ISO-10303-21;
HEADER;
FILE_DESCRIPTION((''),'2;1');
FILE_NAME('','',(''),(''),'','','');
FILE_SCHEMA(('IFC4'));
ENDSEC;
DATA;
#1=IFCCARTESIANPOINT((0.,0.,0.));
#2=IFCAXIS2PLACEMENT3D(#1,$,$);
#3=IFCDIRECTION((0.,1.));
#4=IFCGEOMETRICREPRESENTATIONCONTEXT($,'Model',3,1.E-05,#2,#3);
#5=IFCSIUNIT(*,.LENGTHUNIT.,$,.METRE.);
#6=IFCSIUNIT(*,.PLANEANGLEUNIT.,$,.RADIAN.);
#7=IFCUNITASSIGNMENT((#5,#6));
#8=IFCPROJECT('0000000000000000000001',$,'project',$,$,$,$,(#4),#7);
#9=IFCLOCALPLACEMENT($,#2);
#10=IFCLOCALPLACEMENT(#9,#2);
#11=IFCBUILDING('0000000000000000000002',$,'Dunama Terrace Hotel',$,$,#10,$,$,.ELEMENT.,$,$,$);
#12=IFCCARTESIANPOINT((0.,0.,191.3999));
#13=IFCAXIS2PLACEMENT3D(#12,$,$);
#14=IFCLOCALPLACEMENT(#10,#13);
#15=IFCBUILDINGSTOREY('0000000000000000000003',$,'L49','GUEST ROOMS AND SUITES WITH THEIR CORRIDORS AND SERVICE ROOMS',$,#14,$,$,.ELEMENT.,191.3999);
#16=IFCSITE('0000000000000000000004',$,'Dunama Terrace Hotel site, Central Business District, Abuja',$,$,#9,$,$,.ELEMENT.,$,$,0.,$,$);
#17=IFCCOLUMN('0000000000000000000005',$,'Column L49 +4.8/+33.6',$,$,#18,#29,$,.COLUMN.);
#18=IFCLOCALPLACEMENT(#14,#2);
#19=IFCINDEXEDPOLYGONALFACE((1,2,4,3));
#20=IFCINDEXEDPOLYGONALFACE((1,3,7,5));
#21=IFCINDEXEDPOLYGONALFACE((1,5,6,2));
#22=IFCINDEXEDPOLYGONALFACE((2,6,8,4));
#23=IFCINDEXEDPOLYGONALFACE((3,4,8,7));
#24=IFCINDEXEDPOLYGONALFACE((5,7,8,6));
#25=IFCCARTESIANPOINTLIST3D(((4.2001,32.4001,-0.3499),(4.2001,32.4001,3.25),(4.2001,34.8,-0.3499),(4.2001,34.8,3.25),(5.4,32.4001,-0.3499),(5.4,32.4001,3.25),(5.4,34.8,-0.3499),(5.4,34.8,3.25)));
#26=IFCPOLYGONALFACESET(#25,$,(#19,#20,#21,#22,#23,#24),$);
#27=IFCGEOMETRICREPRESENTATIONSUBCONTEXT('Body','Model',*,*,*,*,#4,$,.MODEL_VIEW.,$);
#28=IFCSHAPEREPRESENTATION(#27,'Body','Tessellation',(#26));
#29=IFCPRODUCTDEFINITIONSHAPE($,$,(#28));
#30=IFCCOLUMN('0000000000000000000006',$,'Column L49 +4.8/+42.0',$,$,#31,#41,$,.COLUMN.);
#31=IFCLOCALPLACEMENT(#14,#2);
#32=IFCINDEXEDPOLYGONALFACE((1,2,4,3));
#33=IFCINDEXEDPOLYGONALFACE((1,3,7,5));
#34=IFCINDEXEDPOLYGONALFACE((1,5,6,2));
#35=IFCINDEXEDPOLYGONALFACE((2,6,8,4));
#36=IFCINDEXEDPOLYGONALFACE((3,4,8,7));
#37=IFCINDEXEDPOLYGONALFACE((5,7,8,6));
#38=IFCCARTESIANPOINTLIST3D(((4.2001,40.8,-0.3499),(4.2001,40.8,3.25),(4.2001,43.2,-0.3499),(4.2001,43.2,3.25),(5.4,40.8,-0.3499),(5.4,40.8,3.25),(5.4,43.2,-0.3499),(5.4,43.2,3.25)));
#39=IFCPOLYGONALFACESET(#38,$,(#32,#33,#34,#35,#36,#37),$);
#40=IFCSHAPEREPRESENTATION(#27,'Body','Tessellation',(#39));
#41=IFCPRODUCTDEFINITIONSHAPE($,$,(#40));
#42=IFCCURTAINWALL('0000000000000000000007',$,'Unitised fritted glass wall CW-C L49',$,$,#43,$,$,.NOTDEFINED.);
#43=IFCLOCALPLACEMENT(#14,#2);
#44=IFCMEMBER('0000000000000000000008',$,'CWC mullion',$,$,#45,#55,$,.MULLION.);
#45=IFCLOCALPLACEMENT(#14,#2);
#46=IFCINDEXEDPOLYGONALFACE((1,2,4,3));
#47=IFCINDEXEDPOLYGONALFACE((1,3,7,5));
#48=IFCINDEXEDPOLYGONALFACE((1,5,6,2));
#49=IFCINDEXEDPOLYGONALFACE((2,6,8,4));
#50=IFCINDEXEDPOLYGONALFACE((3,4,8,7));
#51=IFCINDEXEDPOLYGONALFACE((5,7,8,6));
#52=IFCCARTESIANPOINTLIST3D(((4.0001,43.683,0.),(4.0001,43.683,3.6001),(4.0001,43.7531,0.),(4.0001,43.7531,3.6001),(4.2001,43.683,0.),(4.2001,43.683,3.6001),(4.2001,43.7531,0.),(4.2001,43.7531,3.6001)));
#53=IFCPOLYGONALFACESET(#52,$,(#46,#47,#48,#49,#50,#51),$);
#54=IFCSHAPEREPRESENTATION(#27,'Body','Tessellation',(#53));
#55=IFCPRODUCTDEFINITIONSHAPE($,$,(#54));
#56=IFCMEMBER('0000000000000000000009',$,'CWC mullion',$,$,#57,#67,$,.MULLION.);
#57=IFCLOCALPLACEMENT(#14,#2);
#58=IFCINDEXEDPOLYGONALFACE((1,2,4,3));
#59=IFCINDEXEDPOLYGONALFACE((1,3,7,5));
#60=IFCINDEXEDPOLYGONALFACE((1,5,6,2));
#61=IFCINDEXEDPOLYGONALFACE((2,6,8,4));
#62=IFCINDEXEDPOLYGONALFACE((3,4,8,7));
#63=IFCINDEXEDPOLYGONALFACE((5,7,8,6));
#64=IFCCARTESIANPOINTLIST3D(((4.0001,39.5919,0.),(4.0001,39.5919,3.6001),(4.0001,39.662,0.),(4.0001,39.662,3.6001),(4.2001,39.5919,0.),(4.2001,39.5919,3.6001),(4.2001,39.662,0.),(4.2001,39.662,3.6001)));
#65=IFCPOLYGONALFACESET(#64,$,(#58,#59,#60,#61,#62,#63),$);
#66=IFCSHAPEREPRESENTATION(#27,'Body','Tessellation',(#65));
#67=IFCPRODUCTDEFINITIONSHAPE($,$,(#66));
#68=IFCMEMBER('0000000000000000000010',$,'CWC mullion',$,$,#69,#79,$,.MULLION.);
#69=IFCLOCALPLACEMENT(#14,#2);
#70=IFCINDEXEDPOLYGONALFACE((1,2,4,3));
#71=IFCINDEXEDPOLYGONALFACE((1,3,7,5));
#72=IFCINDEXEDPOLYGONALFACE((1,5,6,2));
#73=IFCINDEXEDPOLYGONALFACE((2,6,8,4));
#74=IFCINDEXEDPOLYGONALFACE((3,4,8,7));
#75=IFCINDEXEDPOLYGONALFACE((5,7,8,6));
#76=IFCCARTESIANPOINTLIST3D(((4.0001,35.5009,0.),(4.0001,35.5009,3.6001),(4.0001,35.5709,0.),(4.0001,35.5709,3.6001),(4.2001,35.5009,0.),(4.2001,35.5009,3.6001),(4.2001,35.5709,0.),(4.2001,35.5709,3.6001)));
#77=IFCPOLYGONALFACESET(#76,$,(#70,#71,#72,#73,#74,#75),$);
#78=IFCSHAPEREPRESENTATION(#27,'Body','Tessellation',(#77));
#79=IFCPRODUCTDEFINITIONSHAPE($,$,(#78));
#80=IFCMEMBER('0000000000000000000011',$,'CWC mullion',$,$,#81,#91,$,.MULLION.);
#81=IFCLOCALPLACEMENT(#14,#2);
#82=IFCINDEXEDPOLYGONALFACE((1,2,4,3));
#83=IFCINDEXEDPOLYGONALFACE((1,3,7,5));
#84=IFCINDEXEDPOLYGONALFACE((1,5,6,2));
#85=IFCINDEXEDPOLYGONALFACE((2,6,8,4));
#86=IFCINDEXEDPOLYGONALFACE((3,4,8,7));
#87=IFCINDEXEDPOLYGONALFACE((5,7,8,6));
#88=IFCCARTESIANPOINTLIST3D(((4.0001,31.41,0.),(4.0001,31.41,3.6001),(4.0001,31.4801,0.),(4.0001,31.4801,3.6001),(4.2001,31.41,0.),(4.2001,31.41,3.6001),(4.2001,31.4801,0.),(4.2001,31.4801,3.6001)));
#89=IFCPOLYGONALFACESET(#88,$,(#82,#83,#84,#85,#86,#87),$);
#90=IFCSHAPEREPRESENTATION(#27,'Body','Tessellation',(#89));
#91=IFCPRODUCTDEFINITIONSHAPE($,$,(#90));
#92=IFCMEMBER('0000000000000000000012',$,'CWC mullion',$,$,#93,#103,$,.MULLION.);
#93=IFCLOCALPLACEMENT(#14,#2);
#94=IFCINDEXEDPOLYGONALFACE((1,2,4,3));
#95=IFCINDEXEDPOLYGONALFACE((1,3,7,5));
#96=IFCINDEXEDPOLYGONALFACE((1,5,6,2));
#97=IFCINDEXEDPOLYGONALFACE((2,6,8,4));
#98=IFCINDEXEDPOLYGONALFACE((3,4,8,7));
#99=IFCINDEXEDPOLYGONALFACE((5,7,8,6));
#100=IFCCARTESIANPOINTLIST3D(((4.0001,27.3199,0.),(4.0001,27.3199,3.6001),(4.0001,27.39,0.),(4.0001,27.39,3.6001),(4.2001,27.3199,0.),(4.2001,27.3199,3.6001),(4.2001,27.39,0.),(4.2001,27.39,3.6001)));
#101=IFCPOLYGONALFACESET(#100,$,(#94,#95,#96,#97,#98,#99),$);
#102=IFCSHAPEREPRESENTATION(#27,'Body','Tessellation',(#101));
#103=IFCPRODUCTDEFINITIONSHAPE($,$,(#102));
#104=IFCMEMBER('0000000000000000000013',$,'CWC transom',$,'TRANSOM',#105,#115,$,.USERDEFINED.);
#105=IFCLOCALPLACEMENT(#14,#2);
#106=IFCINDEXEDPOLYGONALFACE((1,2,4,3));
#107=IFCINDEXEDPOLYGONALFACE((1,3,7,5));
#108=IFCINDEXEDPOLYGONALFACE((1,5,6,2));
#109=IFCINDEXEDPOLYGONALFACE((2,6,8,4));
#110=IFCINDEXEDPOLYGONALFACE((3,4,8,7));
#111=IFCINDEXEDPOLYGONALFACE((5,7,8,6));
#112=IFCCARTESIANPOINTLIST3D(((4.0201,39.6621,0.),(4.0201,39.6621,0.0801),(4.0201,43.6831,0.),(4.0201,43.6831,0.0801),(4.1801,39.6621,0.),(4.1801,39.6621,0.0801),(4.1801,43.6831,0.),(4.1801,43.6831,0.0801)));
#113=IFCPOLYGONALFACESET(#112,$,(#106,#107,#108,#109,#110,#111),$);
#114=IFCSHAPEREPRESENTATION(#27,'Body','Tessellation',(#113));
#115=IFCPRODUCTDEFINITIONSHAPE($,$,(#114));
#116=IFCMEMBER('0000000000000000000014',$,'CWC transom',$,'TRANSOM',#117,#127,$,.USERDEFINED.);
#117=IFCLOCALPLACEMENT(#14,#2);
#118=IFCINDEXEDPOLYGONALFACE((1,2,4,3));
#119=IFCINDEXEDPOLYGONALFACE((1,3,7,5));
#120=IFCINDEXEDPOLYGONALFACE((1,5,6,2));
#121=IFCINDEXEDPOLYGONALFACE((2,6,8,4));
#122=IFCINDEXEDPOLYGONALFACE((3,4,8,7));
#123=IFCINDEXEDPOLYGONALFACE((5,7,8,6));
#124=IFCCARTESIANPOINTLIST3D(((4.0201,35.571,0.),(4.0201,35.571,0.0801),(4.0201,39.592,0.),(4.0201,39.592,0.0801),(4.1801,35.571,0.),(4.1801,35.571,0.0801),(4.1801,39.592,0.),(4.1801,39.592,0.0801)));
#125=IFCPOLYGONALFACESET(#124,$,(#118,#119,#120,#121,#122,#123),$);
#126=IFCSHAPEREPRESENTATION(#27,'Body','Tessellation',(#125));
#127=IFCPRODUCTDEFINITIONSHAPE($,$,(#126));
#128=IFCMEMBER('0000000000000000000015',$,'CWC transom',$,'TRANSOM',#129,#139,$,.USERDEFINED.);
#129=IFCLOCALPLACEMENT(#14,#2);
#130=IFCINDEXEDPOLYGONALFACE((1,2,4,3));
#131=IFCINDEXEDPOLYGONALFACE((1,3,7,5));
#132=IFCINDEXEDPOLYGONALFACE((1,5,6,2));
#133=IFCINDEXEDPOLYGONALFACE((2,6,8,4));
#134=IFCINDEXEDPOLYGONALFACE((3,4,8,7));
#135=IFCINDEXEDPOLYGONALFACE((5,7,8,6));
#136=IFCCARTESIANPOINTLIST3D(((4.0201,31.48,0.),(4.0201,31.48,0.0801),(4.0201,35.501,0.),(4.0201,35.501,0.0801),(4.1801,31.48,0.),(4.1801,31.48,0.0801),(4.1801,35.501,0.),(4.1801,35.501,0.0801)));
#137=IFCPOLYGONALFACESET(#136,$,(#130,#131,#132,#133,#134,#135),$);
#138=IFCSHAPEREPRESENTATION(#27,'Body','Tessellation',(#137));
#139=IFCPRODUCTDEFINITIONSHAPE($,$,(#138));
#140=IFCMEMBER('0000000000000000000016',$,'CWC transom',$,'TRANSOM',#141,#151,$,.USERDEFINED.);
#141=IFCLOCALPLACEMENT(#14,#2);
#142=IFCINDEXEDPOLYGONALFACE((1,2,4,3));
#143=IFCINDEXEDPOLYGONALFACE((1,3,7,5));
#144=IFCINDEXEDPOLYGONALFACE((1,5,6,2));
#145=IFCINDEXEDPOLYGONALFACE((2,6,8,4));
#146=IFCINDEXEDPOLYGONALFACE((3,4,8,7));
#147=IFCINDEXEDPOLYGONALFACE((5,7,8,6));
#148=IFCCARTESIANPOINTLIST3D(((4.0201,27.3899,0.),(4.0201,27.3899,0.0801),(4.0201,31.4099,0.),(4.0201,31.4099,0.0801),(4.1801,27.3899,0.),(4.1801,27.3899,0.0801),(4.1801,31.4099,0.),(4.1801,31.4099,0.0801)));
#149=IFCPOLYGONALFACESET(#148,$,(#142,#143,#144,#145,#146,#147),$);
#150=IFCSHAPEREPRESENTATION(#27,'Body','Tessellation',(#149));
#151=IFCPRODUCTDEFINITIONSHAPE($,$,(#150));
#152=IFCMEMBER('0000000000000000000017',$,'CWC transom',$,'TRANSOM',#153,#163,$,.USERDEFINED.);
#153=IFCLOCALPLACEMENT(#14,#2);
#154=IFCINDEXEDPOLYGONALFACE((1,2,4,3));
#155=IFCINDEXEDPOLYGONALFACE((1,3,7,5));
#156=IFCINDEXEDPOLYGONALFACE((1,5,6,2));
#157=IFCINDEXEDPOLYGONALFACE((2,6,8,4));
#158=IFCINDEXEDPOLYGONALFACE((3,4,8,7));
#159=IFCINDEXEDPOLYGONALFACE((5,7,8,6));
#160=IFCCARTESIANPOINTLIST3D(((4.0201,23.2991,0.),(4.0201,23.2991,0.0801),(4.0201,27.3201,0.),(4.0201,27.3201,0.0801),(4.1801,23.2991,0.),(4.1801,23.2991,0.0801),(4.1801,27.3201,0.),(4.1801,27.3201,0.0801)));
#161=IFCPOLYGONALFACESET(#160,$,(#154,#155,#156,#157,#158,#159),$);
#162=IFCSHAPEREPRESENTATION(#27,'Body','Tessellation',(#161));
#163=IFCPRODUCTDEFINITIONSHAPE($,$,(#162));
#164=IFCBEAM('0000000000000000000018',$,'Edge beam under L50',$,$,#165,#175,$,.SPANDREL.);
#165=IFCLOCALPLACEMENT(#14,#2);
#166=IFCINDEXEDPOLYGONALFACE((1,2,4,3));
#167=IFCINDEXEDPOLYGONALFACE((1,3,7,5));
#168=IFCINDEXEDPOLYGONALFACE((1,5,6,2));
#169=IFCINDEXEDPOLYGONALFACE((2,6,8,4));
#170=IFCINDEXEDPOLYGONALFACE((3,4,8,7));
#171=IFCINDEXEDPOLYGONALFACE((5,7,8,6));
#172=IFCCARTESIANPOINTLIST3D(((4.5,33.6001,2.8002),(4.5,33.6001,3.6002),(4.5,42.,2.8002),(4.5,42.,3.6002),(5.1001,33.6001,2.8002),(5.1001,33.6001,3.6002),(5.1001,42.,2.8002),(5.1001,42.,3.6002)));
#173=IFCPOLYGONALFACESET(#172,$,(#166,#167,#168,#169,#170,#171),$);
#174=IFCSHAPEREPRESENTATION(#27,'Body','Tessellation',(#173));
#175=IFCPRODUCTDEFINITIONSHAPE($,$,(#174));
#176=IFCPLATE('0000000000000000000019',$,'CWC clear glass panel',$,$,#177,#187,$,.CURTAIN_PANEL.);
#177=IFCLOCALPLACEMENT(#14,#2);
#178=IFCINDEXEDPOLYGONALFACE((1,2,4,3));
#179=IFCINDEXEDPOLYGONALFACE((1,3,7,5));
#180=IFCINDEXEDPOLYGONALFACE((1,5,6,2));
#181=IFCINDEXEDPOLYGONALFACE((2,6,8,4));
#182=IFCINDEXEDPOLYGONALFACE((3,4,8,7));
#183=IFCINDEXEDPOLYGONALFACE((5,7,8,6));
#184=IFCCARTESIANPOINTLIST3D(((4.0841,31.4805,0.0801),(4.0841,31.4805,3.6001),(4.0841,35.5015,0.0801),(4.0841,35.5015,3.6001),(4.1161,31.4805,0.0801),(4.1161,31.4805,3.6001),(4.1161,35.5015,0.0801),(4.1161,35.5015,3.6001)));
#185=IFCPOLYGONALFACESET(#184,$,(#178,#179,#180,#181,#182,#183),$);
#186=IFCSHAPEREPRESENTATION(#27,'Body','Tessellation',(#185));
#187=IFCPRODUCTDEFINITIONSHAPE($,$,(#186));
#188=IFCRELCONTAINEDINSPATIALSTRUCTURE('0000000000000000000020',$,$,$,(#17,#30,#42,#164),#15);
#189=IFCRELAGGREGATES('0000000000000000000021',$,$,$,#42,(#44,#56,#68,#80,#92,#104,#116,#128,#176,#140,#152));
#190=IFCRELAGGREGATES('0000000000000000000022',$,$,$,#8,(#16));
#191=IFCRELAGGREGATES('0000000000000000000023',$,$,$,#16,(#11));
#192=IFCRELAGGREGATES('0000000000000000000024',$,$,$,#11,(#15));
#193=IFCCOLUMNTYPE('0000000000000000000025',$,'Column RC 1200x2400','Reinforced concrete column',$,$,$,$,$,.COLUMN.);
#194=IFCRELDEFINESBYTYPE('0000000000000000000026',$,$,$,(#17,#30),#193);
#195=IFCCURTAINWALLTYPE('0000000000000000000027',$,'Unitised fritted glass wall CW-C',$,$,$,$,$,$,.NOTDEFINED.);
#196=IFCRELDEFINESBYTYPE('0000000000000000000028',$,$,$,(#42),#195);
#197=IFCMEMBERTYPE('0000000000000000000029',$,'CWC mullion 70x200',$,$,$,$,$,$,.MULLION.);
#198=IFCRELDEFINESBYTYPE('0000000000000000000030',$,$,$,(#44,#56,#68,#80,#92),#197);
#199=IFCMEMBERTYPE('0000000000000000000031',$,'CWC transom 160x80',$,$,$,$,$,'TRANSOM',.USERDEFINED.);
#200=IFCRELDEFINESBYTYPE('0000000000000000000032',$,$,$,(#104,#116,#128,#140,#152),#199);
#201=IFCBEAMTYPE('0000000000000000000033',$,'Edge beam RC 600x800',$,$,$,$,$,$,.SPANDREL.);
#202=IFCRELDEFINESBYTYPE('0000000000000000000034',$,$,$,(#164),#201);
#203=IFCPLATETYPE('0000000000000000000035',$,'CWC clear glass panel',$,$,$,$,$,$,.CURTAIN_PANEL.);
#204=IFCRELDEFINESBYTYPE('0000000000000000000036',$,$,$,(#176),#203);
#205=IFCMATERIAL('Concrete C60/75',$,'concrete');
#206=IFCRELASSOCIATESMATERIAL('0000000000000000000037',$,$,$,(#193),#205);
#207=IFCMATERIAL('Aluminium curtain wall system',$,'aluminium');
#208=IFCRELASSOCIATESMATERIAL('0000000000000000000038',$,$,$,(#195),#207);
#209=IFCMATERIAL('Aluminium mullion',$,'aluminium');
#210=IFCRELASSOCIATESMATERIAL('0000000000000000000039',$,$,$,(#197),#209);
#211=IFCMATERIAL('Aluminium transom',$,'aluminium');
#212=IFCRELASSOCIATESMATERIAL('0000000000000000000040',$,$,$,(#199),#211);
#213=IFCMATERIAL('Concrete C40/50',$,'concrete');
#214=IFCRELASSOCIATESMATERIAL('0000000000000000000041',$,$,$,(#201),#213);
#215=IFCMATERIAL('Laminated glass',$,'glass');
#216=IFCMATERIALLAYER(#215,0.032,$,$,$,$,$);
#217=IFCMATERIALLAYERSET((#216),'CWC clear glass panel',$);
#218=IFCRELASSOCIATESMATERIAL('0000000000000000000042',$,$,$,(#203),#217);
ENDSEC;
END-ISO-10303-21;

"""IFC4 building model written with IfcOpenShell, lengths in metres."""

from ifc_helpers import new_model, si_unit, direction, frame, origin, origin_2d, place, context, subcontext, project, spatial, rectangle, extrude, material, layer, layer_set, material_profile, profile_set, type_object, element, aggregate, save


model = new_model("IFC4")

# Units and contexts
model_context = context("Model", 3, precision=1e-05, world=origin(), true_north=direction((0.0, 1.0)))
body_context = subcontext(model_context, "Body", "Model", "MODEL_VIEW")
ifc_project = project(units=[si_unit("LENGTHUNIT", "METRE"), si_unit("PLANEANGLEUNIT", "RADIAN")], contexts=[model_context])

# Site, building, storey
site_placement = place(None, origin())
site = spatial("IfcSite", under=ifc_project, at=site_placement, Name="Dunama Terrace Hotel site, Central Business District, Abuja", CompositionType="ELEMENT", RefElevation=0.0)
building_placement = place(site_placement, origin())
building = spatial("IfcBuilding", under=site, at=building_placement, Name="Dunama Terrace Hotel", CompositionType="ELEMENT")
storey_placement = place(building_placement, frame((0.0, 0.0, 191.3999)))
storey = spatial("IfcBuildingStorey", under=building, at=storey_placement, Name="L49", Description="GUEST ROOMS AND SUITES WITH THEIR CORRIDORS AND SERVICE ROOMS", CompositionType="ELEMENT", Elevation=191.3999)

# Columns
ifc_material_1 = material(Name="Concrete C60/75", Category="concrete")
ifc_material_profile_1 = material_profile(ifc_material_1, rectangle(XDim=1.2, YDim=2.3999, at=origin_2d()), Name="RC 1200x2400")
ifc_profile_set_1 = profile_set([ifc_material_profile_1], Name="Concrete C60/75")
column_type = type_object("IfcColumnType", Name="Column RC 1200x2400", Description="Reinforced concrete column", PredefinedType="COLUMN", material=ifc_profile_set_1)
for number, where, z_axis, x_axis, name in (
    (1, (4.8, 33.6001, -0.3499), (0.0, 0.0, 1.0), (1.0, 0.0, 0.0), "Column L49 +4.8/+33.6"),
    (2, (4.8, 42.0, -0.3499), (0.0, 0.0, 1.0), (1.0, 0.0, 0.0), "Column L49 +4.8/+42.0"),
):
    element("IfcColumn", number, at=place(storey_placement, frame(where, z_axis=z_axis, x_axis=x_axis)), inside=storey, type_object=column_type, Name=name, PredefinedType="COLUMN", context=body_context, shape_type="SweptSolid", body=[
        extrude(rectangle(XDim=1.2, YDim=2.3999, at=origin_2d()), origin(), (0.0, 0.0, 1.0), 3.5999),
    ])

# Curtain wall, members
ifc_material_2 = material(Name="Aluminium curtain wall system", Category="aluminium")
curtain_wall_type = type_object("IfcCurtainWallType", Name="Unitised fritted glass wall CW-C", PredefinedType="NOTDEFINED", material=ifc_material_2)
curtain_wall_placement = place(storey_placement, origin())
curtain_wall = element("IfcCurtainWall", 3, at=curtain_wall_placement, inside=storey, type_object=curtain_wall_type, Name="Unitised fritted glass wall CW-C L49", PredefinedType="NOTDEFINED")
ifc_material_3 = material(Name="Aluminium mullion", Category="aluminium")
ifc_material_profile_2 = material_profile(ifc_material_3, rectangle(XDim=0.0701, YDim=0.2, at=origin_2d()), Name="CWC MULLION 70X200")
ifc_profile_set_2 = profile_set([ifc_material_profile_2], Name="Aluminium mullion")
member_type_1 = type_object("IfcMemberType", Name="CWC mullion 70x200", PredefinedType="MULLION", material=ifc_profile_set_2)
member_1_placement = place(storey_placement, frame((4.1001, 43.718, 0.0), z_axis=(0.0, 0.0, 1.0), x_axis=(0.0, -1.0, 0.0)))
member_1 = element("IfcMember", 4, at=member_1_placement, type_object=member_type_1, Name="CWC mullion", PredefinedType="MULLION", context=body_context, shape_type="SweptSolid", body=[
    extrude(rectangle(XDim=0.0701, YDim=0.2, at=origin_2d()), origin(), (0.0, 0.0, 1.0), 3.6001),
])
member_2_placement = place(storey_placement, frame((4.1001, 39.627, 0.0), z_axis=(0.0, 0.0, 1.0), x_axis=(0.0, -1.0, 0.0)))
member_2 = element("IfcMember", 5, at=member_2_placement, type_object=member_type_1, Name="CWC mullion", PredefinedType="MULLION", context=body_context, shape_type="SweptSolid", body=[
    extrude(rectangle(XDim=0.0701, YDim=0.2, at=origin_2d()), origin(), (0.0, 0.0, 1.0), 3.6001),
])
member_3_placement = place(storey_placement, frame((4.1001, 35.5359, 0.0), z_axis=(0.0, 0.0, 1.0), x_axis=(0.0, -1.0, 0.0)))
member_3 = element("IfcMember", 6, at=member_3_placement, type_object=member_type_1, Name="CWC mullion", PredefinedType="MULLION", context=body_context, shape_type="SweptSolid", body=[
    extrude(rectangle(XDim=0.0701, YDim=0.2, at=origin_2d()), origin(), (0.0, 0.0, 1.0), 3.6001),
])
member_4_placement = place(storey_placement, frame((4.1001, 31.4451, 0.0), z_axis=(0.0, 0.0, 1.0), x_axis=(0.0, -1.0, 0.0)))
member_4 = element("IfcMember", 7, at=member_4_placement, type_object=member_type_1, Name="CWC mullion", PredefinedType="MULLION", context=body_context, shape_type="SweptSolid", body=[
    extrude(rectangle(XDim=0.0701, YDim=0.2, at=origin_2d()), origin(), (0.0, 0.0, 1.0), 3.6001),
])
member_5_placement = place(storey_placement, frame((4.1001, 27.355, 0.0), z_axis=(0.0, 0.0, 1.0), x_axis=(0.0, -1.0, 0.0)))
member_5 = element("IfcMember", 8, at=member_5_placement, type_object=member_type_1, Name="CWC mullion", PredefinedType="MULLION", context=body_context, shape_type="SweptSolid", body=[
    extrude(rectangle(XDim=0.0701, YDim=0.2, at=origin_2d()), origin(), (0.0, 0.0, 1.0), 3.6001),
])
ifc_material_4 = material(Name="Aluminium transom", Category="aluminium")
ifc_material_profile_3 = material_profile(ifc_material_4, rectangle(XDim=0.1599, YDim=0.0801, at=origin_2d()), Name="CWC TRANSOM 160X80")
ifc_profile_set_3 = profile_set([ifc_material_profile_3], Name="Aluminium transom")
member_type_2 = type_object("IfcMemberType", Name="CWC transom 160x80", ElementType="TRANSOM", PredefinedType="USERDEFINED", material=ifc_profile_set_3)
member_6_placement = place(storey_placement, frame((4.1001, 43.6831, 0.04), z_axis=(0.0, -1.0, 0.0), x_axis=(1.0, 0.0, 0.0)))
member_6 = element("IfcMember", 9, at=member_6_placement, type_object=member_type_2, Name="CWC transom", ObjectType="TRANSOM", PredefinedType="USERDEFINED", context=body_context, shape_type="SweptSolid", body=[
    extrude(rectangle(XDim=0.1599, YDim=0.0801, at=origin_2d()), origin(), (0.0, 0.0, 1.0), 4.021),
])
member_7_placement = place(storey_placement, frame((4.1001, 39.592, 0.04), z_axis=(0.0, -1.0, 0.0), x_axis=(1.0, 0.0, 0.0)))
member_7 = element("IfcMember", 10, at=member_7_placement, type_object=member_type_2, Name="CWC transom", ObjectType="TRANSOM", PredefinedType="USERDEFINED", context=body_context, shape_type="SweptSolid", body=[
    extrude(rectangle(XDim=0.1599, YDim=0.0801, at=origin_2d()), origin(), (0.0, 0.0, 1.0), 4.021),
])
member_8_placement = place(storey_placement, frame((4.1001, 35.501, 0.04), z_axis=(0.0, -1.0, 0.0), x_axis=(1.0, 0.0, 0.0)))
member_8 = element("IfcMember", 11, at=member_8_placement, type_object=member_type_2, Name="CWC transom", ObjectType="TRANSOM", PredefinedType="USERDEFINED", context=body_context, shape_type="SweptSolid", body=[
    extrude(rectangle(XDim=0.1599, YDim=0.0801, at=origin_2d()), origin(), (0.0, 0.0, 1.0), 4.021),
])
member_9_placement = place(storey_placement, frame((4.1001, 31.4099, 0.04), z_axis=(0.0, -1.0, 0.0), x_axis=(1.0, 0.0, 0.0)))
member_9 = element("IfcMember", 12, at=member_9_placement, type_object=member_type_2, Name="CWC transom", ObjectType="TRANSOM", PredefinedType="USERDEFINED", context=body_context, shape_type="SweptSolid", body=[
    extrude(rectangle(XDim=0.1599, YDim=0.0801, at=origin_2d()), origin(), (0.0, 0.0, 1.0), 4.02),
])
member_10_placement = place(storey_placement, frame((4.1001, 27.3201, 0.04), z_axis=(0.0, -1.0, 0.0), x_axis=(1.0, 0.0, 0.0)))
member_10 = element("IfcMember", 13, at=member_10_placement, type_object=member_type_2, Name="CWC transom", ObjectType="TRANSOM", PredefinedType="USERDEFINED", context=body_context, shape_type="SweptSolid", body=[
    extrude(rectangle(XDim=0.1599, YDim=0.0801, at=origin_2d()), origin(), (0.0, 0.0, 1.0), 4.021),
])

# Beam
ifc_material_5 = material(Name="Concrete C40/50", Category="concrete")
ifc_material_profile_4 = material_profile(ifc_material_5, rectangle(XDim=0.6001, YDim=0.8, at=origin_2d()), Name="RC 600x800")
ifc_profile_set_4 = profile_set([ifc_material_profile_4], Name="Concrete C40/50")
beam_type = type_object("IfcBeamType", Name="Edge beam RC 600x800", PredefinedType="SPANDREL", material=ifc_profile_set_4)
beam_placement = place(storey_placement, frame((4.8, 33.6001, 3.2002), z_axis=(0.0, 1.0, 0.0), x_axis=(-1.0, 0.0, 0.0)))
element("IfcBeam", 14, at=beam_placement, inside=storey, type_object=beam_type, Name="Edge beam under L50", PredefinedType="SPANDREL", context=body_context, shape_type="SweptSolid", body=[
    extrude(rectangle(XDim=0.6001, YDim=0.8, at=origin_2d()), origin(), (0.0, 0.0, 1.0), 8.3999),
])

# Plate
ifc_material_6 = material(Name="Laminated glass", Category="glass")
ifc_layer_1 = layer(ifc_material_6, 0.032)
ifc_layer_set_1 = layer_set([ifc_layer_1], Name="CWC clear glass panel")
plate_type_1 = type_object("IfcPlateType", Name="CWC clear glass panel", PredefinedType="CURTAIN_PANEL", material=ifc_layer_set_1)
plate_1_placement = place(storey_placement, frame((4.1001, 33.491, 0.0801), z_axis=(0.0, 0.0, 1.0), x_axis=(0.0, -1.0, 0.0)))
plate_1 = element("IfcPlate", 15, at=plate_1_placement, type_object=plate_type_1, Name="CWC clear glass panel", PredefinedType="CURTAIN_PANEL", context=body_context, shape_type="SweptSolid", body=[
    extrude(rectangle(XDim=4.021, YDim=0.032, at=origin_2d()), origin(), (0.0, 0.0, 1.0), 3.52),
])
aggregate(curtain_wall, [member_1, member_2, member_3, member_4, member_5, member_6, member_7, member_8, plate_1, member_9, member_10])

save(model, "model.ifc")
